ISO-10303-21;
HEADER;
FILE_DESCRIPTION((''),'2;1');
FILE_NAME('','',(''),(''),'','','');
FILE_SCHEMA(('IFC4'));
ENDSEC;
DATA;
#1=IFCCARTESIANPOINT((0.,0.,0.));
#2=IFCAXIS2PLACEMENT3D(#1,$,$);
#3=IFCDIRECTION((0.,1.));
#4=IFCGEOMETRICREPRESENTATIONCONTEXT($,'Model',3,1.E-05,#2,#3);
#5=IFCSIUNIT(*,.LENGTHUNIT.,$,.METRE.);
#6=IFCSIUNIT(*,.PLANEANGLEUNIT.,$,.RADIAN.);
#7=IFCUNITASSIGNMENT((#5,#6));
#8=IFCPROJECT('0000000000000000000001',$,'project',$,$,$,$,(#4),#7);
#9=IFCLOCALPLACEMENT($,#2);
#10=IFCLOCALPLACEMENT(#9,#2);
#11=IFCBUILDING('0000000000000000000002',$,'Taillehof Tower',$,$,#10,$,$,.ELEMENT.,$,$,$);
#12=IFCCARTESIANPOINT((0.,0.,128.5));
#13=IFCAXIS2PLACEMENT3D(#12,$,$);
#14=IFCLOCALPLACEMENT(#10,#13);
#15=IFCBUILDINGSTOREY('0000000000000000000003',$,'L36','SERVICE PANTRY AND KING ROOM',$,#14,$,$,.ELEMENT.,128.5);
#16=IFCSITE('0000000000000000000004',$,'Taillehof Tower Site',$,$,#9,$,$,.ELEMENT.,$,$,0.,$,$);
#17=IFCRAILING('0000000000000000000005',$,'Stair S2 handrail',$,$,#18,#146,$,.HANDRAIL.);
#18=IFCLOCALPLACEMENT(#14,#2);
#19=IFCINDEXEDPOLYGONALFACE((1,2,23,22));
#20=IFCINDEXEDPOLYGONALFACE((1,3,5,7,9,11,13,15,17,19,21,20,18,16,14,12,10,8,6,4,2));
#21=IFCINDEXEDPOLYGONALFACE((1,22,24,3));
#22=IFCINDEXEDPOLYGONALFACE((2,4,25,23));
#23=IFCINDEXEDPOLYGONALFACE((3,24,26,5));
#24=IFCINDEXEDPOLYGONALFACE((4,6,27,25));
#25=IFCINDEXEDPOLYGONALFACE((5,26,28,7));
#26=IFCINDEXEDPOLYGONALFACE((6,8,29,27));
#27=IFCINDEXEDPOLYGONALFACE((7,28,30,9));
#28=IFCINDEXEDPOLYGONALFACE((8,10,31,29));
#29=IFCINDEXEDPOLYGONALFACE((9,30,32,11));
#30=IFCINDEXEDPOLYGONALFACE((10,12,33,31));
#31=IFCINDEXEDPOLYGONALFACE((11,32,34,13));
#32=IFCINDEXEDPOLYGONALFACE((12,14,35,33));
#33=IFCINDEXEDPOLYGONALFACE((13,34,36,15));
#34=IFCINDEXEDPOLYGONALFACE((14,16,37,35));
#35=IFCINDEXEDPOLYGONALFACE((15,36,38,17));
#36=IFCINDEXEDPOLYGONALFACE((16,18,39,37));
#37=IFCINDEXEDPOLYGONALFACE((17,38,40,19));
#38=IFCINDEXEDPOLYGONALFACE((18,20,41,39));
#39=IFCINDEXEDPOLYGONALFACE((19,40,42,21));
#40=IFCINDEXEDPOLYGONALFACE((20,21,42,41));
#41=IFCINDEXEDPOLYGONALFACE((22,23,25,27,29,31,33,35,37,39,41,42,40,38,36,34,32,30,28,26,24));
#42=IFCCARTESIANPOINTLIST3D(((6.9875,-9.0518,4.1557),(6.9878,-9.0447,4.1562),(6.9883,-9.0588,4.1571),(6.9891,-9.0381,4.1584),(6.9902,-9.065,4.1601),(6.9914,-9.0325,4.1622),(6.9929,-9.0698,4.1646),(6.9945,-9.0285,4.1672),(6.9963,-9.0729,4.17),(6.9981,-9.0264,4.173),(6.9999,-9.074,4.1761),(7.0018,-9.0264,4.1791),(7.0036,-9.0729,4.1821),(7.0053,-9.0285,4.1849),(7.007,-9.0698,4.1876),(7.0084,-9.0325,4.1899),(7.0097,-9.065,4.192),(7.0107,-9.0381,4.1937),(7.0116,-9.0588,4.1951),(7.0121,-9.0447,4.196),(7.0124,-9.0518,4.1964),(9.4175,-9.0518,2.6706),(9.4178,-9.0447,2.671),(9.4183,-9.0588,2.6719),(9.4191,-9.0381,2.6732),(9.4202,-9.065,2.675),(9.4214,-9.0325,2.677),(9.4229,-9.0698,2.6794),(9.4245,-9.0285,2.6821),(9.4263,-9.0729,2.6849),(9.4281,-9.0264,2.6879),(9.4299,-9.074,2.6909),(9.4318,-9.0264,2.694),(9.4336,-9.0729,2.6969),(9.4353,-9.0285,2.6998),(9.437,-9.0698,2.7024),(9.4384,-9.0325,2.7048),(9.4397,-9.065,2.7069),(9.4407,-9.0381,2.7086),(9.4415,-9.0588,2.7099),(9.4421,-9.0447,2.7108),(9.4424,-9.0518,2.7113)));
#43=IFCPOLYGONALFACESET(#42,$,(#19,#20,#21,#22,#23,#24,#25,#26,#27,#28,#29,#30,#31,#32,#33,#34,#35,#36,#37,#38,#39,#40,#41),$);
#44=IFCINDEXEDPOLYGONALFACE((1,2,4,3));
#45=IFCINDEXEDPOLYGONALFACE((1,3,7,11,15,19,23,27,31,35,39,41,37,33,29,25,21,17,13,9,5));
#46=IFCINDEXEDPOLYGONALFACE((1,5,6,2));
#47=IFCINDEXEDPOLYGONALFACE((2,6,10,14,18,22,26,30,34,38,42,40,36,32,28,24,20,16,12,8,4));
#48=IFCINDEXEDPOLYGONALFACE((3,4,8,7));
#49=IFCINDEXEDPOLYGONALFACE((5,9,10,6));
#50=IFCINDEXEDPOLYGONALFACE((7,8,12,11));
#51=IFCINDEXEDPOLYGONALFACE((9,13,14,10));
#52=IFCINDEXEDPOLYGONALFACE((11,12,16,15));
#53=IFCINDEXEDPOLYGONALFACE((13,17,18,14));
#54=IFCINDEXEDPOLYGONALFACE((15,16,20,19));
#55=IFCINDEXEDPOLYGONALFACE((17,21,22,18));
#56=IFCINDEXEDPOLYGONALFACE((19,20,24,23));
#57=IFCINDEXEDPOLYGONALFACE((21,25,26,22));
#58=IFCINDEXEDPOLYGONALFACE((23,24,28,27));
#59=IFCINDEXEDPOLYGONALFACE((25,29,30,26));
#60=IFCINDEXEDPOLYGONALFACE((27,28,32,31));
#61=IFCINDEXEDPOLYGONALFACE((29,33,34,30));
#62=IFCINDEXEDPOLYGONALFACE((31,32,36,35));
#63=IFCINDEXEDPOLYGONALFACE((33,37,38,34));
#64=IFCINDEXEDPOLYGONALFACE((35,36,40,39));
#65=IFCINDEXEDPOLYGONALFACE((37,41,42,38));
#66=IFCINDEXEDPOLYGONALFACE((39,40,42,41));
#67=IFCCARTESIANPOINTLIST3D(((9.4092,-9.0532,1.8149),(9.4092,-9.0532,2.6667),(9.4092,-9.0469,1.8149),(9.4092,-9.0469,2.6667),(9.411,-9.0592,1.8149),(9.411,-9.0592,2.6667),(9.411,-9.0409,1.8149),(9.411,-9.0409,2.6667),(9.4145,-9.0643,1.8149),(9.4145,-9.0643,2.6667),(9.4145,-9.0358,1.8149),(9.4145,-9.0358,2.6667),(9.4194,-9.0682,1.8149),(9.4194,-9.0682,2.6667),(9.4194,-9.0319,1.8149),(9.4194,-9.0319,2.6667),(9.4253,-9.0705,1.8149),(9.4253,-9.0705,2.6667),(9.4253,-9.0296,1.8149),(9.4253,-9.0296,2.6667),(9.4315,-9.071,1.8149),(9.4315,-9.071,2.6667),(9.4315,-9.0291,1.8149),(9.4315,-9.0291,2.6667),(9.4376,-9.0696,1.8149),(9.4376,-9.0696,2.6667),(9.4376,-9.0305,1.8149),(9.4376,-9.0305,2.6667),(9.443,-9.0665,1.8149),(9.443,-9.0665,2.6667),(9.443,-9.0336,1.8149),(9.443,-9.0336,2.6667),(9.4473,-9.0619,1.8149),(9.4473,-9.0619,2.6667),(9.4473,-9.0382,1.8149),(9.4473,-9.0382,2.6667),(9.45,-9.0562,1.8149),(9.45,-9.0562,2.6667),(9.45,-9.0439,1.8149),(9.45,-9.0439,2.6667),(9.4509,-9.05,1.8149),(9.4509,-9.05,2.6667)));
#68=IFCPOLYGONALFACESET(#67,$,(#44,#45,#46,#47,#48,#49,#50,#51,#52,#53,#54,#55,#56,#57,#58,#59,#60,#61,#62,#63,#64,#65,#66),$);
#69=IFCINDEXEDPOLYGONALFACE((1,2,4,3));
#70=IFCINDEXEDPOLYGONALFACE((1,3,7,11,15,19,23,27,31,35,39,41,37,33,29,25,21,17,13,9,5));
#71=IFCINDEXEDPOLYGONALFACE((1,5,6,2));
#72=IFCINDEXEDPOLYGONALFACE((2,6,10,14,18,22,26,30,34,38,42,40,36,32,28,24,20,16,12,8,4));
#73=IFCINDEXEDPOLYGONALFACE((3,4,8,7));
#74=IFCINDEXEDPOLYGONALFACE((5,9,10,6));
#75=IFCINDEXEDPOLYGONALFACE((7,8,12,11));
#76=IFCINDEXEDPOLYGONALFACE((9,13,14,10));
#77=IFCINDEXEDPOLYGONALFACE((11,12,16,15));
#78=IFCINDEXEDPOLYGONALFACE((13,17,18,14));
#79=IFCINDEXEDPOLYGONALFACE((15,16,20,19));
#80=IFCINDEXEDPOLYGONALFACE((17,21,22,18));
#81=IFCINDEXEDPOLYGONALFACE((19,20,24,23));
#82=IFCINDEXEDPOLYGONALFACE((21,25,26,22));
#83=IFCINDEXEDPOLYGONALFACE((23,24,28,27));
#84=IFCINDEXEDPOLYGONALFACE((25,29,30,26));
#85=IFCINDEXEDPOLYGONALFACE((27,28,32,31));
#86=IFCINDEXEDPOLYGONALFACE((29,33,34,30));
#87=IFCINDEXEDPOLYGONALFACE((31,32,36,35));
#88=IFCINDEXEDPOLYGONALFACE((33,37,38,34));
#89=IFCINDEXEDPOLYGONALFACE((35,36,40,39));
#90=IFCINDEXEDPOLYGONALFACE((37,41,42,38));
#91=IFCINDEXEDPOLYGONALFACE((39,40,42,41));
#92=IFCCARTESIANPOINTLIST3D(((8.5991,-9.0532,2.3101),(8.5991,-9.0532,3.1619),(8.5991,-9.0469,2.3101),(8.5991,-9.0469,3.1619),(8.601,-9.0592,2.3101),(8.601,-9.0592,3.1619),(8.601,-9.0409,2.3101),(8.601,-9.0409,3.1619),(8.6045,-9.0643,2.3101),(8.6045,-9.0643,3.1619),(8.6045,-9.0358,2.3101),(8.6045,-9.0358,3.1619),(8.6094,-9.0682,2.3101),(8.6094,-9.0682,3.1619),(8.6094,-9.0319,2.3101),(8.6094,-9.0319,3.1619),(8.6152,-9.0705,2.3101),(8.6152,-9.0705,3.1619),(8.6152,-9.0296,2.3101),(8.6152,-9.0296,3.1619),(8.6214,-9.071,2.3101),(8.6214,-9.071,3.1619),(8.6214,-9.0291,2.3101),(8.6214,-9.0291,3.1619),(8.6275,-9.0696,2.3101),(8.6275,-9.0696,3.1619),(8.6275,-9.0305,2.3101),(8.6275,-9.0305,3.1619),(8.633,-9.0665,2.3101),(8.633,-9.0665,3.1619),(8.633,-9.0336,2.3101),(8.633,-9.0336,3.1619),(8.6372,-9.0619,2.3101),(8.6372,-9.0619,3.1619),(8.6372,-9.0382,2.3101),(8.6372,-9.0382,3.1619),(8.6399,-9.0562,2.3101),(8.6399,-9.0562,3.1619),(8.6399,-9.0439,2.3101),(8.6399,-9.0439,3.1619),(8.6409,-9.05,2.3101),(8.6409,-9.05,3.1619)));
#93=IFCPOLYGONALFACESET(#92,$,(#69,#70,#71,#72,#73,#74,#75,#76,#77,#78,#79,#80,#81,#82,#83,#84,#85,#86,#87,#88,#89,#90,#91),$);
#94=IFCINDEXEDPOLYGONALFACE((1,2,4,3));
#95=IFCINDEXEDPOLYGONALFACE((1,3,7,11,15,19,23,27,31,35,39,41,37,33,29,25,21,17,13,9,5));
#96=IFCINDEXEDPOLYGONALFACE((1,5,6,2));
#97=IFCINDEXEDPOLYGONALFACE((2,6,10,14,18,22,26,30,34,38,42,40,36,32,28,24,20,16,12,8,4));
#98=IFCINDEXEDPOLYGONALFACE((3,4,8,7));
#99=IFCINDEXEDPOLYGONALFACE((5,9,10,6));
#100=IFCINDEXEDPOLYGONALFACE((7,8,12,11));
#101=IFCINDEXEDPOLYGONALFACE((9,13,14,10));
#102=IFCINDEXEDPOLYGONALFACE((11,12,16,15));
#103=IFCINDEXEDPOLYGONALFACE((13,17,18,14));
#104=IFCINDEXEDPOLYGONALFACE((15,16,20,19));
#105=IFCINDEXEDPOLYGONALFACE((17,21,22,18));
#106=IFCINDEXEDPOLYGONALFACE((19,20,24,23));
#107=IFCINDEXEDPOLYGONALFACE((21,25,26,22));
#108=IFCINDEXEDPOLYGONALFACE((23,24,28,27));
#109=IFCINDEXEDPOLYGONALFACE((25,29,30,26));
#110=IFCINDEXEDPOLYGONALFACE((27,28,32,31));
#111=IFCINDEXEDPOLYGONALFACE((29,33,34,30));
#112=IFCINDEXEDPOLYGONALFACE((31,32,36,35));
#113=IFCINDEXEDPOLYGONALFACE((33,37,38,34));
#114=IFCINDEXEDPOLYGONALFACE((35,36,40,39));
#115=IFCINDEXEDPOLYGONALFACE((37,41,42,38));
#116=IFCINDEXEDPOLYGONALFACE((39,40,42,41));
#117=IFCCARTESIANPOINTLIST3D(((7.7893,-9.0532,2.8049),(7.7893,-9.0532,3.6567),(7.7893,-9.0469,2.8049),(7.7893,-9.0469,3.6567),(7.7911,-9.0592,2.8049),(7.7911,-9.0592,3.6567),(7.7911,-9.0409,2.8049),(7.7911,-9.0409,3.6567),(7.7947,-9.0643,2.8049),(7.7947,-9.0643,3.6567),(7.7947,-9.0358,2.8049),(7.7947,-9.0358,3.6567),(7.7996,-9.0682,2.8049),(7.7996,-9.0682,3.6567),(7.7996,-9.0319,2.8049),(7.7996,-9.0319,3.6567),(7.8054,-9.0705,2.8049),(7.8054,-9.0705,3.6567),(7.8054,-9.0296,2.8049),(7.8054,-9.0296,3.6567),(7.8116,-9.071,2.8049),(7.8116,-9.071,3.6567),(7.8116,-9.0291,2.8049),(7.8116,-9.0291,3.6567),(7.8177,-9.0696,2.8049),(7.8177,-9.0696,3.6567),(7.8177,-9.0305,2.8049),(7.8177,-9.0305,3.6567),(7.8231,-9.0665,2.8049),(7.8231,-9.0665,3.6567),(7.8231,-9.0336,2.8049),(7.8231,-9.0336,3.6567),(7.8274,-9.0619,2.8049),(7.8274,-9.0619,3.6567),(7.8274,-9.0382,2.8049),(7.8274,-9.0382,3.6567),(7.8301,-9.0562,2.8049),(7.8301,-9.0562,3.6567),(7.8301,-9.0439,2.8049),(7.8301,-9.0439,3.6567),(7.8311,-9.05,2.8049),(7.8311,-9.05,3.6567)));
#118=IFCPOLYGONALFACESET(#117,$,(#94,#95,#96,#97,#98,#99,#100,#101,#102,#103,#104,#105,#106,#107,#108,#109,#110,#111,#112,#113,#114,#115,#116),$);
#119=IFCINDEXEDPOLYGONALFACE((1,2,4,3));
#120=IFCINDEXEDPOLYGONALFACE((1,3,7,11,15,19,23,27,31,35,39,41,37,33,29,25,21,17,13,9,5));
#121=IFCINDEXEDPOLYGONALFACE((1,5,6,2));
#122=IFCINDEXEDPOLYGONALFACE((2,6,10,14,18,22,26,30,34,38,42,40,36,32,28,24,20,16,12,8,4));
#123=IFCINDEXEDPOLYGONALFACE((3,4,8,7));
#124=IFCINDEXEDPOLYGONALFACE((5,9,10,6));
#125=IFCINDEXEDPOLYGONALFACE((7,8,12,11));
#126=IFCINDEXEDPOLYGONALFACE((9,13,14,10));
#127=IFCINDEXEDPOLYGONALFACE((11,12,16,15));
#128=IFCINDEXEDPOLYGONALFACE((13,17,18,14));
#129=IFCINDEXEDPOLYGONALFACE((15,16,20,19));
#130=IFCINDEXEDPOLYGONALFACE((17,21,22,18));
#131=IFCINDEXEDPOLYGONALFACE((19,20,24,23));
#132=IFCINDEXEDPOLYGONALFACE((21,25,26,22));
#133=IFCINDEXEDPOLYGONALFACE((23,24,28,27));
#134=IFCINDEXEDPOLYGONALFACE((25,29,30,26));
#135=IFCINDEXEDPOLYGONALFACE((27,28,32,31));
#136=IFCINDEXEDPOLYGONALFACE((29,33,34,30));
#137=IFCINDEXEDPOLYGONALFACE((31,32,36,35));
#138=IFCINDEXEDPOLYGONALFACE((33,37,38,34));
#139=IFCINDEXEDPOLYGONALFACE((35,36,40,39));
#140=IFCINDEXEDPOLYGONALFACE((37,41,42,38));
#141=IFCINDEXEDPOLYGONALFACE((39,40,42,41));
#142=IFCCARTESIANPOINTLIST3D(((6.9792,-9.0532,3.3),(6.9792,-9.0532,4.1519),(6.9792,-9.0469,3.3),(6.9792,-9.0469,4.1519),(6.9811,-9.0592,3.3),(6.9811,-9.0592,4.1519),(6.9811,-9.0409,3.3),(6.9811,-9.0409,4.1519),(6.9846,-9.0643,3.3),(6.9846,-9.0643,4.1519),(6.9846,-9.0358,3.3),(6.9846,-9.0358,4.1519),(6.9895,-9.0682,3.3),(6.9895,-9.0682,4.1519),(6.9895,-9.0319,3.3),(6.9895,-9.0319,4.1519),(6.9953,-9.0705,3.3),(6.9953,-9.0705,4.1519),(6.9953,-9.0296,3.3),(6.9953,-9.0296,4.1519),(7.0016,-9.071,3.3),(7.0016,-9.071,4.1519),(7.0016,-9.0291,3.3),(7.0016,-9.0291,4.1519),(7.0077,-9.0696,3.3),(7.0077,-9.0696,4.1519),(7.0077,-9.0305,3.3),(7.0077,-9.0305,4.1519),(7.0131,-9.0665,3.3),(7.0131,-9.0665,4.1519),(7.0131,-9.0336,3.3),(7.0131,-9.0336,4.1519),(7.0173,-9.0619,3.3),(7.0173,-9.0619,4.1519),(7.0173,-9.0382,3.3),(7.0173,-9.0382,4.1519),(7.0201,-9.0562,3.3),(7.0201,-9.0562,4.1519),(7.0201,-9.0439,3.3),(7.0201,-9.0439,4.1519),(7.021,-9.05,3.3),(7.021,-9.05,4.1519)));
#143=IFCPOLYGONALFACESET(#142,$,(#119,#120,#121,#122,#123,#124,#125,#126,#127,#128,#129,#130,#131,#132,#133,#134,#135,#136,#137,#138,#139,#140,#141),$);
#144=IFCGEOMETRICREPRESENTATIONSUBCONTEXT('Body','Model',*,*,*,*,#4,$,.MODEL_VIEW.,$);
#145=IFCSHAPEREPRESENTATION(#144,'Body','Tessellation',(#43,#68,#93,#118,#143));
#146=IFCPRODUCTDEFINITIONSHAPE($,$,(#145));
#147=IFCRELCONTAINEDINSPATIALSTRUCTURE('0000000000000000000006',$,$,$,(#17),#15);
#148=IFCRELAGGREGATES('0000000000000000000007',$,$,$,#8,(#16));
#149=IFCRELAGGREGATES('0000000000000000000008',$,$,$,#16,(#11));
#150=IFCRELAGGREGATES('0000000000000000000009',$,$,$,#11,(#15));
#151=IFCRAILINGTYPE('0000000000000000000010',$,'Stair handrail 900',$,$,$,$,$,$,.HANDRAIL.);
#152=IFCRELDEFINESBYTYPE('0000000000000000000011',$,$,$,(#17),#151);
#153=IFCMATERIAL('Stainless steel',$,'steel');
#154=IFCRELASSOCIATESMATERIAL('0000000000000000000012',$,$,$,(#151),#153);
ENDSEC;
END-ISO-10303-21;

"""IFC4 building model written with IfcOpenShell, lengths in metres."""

from ifc_helpers import new_model, si_unit, direction, frame, origin, origin_2d, place, context, subcontext, project, spatial, circle, extrude, material, type_object, element, save


model = new_model("IFC4")

# Units and contexts
model_context = context("Model", 3, precision=1e-05, world=origin(), true_north=direction((0.0, 1.0)))
body_context = subcontext(model_context, "Body", "Model", "MODEL_VIEW")
ifc_project = project(units=[si_unit("LENGTHUNIT", "METRE"), si_unit("PLANEANGLEUNIT", "RADIAN")], contexts=[model_context])

# Site, building, storey
site_placement = place(None, origin())
site = spatial("IfcSite", under=ifc_project, at=site_placement, Name="Taillehof Tower Site", CompositionType="ELEMENT", RefElevation=0.0)
building_placement = place(site_placement, origin())
building = spatial("IfcBuilding", under=site, at=building_placement, Name="Taillehof Tower", CompositionType="ELEMENT")
storey_placement = place(building_placement, frame((0.0, 0.0, 128.5)))
storey = spatial("IfcBuildingStorey", under=building, at=storey_placement, Name="L36", Description="SERVICE PANTRY AND KING ROOM", CompositionType="ELEMENT", Elevation=128.5)

# Railing
ifc_material_1 = material(Name="Stainless steel", Category="steel")
railing_type = type_object("IfcRailingType", Name="Stair handrail 900", PredefinedType="HANDRAIL", material=ifc_material_1)
railing_1_placement = place(storey_placement, frame((9.4299, -9.05, 1.8149)))
element("IfcRailing", 1, at=railing_1_placement, inside=storey, type_object=railing_type, Name="Stair S2 handrail", PredefinedType="HANDRAIL", context=body_context, shape_type="SweptSolid", body=[
    extrude(circle(Radius=0.0239, at=origin_2d()), frame((0.0, 0.0, 0.876), z_axis=(-0.853259, 0.0, 0.521488), x_axis=(0.0, -1.0, 0.0)), (0.0, 0.0, 1.0), 2.8479),
    extrude(circle(Radius=0.021, at=origin_2d()), origin(), (0.0, 0.0, 1.0), 0.8518),
    extrude(circle(Radius=0.021, at=origin_2d()), frame((-0.8101, 0.0, 0.4951)), (0.0, 0.0, 1.0), 0.8518),
    extrude(circle(Radius=0.021, at=origin_2d()), frame((-1.6199, 0.0, 0.99)), (0.0, 0.0, 1.0), 0.8518),
    extrude(circle(Radius=0.021, at=origin_2d()), frame((-2.4299, 0.0, 1.4851)), (0.0, 0.0, 1.0), 0.8518),
])

save(model, "model.ifc")
